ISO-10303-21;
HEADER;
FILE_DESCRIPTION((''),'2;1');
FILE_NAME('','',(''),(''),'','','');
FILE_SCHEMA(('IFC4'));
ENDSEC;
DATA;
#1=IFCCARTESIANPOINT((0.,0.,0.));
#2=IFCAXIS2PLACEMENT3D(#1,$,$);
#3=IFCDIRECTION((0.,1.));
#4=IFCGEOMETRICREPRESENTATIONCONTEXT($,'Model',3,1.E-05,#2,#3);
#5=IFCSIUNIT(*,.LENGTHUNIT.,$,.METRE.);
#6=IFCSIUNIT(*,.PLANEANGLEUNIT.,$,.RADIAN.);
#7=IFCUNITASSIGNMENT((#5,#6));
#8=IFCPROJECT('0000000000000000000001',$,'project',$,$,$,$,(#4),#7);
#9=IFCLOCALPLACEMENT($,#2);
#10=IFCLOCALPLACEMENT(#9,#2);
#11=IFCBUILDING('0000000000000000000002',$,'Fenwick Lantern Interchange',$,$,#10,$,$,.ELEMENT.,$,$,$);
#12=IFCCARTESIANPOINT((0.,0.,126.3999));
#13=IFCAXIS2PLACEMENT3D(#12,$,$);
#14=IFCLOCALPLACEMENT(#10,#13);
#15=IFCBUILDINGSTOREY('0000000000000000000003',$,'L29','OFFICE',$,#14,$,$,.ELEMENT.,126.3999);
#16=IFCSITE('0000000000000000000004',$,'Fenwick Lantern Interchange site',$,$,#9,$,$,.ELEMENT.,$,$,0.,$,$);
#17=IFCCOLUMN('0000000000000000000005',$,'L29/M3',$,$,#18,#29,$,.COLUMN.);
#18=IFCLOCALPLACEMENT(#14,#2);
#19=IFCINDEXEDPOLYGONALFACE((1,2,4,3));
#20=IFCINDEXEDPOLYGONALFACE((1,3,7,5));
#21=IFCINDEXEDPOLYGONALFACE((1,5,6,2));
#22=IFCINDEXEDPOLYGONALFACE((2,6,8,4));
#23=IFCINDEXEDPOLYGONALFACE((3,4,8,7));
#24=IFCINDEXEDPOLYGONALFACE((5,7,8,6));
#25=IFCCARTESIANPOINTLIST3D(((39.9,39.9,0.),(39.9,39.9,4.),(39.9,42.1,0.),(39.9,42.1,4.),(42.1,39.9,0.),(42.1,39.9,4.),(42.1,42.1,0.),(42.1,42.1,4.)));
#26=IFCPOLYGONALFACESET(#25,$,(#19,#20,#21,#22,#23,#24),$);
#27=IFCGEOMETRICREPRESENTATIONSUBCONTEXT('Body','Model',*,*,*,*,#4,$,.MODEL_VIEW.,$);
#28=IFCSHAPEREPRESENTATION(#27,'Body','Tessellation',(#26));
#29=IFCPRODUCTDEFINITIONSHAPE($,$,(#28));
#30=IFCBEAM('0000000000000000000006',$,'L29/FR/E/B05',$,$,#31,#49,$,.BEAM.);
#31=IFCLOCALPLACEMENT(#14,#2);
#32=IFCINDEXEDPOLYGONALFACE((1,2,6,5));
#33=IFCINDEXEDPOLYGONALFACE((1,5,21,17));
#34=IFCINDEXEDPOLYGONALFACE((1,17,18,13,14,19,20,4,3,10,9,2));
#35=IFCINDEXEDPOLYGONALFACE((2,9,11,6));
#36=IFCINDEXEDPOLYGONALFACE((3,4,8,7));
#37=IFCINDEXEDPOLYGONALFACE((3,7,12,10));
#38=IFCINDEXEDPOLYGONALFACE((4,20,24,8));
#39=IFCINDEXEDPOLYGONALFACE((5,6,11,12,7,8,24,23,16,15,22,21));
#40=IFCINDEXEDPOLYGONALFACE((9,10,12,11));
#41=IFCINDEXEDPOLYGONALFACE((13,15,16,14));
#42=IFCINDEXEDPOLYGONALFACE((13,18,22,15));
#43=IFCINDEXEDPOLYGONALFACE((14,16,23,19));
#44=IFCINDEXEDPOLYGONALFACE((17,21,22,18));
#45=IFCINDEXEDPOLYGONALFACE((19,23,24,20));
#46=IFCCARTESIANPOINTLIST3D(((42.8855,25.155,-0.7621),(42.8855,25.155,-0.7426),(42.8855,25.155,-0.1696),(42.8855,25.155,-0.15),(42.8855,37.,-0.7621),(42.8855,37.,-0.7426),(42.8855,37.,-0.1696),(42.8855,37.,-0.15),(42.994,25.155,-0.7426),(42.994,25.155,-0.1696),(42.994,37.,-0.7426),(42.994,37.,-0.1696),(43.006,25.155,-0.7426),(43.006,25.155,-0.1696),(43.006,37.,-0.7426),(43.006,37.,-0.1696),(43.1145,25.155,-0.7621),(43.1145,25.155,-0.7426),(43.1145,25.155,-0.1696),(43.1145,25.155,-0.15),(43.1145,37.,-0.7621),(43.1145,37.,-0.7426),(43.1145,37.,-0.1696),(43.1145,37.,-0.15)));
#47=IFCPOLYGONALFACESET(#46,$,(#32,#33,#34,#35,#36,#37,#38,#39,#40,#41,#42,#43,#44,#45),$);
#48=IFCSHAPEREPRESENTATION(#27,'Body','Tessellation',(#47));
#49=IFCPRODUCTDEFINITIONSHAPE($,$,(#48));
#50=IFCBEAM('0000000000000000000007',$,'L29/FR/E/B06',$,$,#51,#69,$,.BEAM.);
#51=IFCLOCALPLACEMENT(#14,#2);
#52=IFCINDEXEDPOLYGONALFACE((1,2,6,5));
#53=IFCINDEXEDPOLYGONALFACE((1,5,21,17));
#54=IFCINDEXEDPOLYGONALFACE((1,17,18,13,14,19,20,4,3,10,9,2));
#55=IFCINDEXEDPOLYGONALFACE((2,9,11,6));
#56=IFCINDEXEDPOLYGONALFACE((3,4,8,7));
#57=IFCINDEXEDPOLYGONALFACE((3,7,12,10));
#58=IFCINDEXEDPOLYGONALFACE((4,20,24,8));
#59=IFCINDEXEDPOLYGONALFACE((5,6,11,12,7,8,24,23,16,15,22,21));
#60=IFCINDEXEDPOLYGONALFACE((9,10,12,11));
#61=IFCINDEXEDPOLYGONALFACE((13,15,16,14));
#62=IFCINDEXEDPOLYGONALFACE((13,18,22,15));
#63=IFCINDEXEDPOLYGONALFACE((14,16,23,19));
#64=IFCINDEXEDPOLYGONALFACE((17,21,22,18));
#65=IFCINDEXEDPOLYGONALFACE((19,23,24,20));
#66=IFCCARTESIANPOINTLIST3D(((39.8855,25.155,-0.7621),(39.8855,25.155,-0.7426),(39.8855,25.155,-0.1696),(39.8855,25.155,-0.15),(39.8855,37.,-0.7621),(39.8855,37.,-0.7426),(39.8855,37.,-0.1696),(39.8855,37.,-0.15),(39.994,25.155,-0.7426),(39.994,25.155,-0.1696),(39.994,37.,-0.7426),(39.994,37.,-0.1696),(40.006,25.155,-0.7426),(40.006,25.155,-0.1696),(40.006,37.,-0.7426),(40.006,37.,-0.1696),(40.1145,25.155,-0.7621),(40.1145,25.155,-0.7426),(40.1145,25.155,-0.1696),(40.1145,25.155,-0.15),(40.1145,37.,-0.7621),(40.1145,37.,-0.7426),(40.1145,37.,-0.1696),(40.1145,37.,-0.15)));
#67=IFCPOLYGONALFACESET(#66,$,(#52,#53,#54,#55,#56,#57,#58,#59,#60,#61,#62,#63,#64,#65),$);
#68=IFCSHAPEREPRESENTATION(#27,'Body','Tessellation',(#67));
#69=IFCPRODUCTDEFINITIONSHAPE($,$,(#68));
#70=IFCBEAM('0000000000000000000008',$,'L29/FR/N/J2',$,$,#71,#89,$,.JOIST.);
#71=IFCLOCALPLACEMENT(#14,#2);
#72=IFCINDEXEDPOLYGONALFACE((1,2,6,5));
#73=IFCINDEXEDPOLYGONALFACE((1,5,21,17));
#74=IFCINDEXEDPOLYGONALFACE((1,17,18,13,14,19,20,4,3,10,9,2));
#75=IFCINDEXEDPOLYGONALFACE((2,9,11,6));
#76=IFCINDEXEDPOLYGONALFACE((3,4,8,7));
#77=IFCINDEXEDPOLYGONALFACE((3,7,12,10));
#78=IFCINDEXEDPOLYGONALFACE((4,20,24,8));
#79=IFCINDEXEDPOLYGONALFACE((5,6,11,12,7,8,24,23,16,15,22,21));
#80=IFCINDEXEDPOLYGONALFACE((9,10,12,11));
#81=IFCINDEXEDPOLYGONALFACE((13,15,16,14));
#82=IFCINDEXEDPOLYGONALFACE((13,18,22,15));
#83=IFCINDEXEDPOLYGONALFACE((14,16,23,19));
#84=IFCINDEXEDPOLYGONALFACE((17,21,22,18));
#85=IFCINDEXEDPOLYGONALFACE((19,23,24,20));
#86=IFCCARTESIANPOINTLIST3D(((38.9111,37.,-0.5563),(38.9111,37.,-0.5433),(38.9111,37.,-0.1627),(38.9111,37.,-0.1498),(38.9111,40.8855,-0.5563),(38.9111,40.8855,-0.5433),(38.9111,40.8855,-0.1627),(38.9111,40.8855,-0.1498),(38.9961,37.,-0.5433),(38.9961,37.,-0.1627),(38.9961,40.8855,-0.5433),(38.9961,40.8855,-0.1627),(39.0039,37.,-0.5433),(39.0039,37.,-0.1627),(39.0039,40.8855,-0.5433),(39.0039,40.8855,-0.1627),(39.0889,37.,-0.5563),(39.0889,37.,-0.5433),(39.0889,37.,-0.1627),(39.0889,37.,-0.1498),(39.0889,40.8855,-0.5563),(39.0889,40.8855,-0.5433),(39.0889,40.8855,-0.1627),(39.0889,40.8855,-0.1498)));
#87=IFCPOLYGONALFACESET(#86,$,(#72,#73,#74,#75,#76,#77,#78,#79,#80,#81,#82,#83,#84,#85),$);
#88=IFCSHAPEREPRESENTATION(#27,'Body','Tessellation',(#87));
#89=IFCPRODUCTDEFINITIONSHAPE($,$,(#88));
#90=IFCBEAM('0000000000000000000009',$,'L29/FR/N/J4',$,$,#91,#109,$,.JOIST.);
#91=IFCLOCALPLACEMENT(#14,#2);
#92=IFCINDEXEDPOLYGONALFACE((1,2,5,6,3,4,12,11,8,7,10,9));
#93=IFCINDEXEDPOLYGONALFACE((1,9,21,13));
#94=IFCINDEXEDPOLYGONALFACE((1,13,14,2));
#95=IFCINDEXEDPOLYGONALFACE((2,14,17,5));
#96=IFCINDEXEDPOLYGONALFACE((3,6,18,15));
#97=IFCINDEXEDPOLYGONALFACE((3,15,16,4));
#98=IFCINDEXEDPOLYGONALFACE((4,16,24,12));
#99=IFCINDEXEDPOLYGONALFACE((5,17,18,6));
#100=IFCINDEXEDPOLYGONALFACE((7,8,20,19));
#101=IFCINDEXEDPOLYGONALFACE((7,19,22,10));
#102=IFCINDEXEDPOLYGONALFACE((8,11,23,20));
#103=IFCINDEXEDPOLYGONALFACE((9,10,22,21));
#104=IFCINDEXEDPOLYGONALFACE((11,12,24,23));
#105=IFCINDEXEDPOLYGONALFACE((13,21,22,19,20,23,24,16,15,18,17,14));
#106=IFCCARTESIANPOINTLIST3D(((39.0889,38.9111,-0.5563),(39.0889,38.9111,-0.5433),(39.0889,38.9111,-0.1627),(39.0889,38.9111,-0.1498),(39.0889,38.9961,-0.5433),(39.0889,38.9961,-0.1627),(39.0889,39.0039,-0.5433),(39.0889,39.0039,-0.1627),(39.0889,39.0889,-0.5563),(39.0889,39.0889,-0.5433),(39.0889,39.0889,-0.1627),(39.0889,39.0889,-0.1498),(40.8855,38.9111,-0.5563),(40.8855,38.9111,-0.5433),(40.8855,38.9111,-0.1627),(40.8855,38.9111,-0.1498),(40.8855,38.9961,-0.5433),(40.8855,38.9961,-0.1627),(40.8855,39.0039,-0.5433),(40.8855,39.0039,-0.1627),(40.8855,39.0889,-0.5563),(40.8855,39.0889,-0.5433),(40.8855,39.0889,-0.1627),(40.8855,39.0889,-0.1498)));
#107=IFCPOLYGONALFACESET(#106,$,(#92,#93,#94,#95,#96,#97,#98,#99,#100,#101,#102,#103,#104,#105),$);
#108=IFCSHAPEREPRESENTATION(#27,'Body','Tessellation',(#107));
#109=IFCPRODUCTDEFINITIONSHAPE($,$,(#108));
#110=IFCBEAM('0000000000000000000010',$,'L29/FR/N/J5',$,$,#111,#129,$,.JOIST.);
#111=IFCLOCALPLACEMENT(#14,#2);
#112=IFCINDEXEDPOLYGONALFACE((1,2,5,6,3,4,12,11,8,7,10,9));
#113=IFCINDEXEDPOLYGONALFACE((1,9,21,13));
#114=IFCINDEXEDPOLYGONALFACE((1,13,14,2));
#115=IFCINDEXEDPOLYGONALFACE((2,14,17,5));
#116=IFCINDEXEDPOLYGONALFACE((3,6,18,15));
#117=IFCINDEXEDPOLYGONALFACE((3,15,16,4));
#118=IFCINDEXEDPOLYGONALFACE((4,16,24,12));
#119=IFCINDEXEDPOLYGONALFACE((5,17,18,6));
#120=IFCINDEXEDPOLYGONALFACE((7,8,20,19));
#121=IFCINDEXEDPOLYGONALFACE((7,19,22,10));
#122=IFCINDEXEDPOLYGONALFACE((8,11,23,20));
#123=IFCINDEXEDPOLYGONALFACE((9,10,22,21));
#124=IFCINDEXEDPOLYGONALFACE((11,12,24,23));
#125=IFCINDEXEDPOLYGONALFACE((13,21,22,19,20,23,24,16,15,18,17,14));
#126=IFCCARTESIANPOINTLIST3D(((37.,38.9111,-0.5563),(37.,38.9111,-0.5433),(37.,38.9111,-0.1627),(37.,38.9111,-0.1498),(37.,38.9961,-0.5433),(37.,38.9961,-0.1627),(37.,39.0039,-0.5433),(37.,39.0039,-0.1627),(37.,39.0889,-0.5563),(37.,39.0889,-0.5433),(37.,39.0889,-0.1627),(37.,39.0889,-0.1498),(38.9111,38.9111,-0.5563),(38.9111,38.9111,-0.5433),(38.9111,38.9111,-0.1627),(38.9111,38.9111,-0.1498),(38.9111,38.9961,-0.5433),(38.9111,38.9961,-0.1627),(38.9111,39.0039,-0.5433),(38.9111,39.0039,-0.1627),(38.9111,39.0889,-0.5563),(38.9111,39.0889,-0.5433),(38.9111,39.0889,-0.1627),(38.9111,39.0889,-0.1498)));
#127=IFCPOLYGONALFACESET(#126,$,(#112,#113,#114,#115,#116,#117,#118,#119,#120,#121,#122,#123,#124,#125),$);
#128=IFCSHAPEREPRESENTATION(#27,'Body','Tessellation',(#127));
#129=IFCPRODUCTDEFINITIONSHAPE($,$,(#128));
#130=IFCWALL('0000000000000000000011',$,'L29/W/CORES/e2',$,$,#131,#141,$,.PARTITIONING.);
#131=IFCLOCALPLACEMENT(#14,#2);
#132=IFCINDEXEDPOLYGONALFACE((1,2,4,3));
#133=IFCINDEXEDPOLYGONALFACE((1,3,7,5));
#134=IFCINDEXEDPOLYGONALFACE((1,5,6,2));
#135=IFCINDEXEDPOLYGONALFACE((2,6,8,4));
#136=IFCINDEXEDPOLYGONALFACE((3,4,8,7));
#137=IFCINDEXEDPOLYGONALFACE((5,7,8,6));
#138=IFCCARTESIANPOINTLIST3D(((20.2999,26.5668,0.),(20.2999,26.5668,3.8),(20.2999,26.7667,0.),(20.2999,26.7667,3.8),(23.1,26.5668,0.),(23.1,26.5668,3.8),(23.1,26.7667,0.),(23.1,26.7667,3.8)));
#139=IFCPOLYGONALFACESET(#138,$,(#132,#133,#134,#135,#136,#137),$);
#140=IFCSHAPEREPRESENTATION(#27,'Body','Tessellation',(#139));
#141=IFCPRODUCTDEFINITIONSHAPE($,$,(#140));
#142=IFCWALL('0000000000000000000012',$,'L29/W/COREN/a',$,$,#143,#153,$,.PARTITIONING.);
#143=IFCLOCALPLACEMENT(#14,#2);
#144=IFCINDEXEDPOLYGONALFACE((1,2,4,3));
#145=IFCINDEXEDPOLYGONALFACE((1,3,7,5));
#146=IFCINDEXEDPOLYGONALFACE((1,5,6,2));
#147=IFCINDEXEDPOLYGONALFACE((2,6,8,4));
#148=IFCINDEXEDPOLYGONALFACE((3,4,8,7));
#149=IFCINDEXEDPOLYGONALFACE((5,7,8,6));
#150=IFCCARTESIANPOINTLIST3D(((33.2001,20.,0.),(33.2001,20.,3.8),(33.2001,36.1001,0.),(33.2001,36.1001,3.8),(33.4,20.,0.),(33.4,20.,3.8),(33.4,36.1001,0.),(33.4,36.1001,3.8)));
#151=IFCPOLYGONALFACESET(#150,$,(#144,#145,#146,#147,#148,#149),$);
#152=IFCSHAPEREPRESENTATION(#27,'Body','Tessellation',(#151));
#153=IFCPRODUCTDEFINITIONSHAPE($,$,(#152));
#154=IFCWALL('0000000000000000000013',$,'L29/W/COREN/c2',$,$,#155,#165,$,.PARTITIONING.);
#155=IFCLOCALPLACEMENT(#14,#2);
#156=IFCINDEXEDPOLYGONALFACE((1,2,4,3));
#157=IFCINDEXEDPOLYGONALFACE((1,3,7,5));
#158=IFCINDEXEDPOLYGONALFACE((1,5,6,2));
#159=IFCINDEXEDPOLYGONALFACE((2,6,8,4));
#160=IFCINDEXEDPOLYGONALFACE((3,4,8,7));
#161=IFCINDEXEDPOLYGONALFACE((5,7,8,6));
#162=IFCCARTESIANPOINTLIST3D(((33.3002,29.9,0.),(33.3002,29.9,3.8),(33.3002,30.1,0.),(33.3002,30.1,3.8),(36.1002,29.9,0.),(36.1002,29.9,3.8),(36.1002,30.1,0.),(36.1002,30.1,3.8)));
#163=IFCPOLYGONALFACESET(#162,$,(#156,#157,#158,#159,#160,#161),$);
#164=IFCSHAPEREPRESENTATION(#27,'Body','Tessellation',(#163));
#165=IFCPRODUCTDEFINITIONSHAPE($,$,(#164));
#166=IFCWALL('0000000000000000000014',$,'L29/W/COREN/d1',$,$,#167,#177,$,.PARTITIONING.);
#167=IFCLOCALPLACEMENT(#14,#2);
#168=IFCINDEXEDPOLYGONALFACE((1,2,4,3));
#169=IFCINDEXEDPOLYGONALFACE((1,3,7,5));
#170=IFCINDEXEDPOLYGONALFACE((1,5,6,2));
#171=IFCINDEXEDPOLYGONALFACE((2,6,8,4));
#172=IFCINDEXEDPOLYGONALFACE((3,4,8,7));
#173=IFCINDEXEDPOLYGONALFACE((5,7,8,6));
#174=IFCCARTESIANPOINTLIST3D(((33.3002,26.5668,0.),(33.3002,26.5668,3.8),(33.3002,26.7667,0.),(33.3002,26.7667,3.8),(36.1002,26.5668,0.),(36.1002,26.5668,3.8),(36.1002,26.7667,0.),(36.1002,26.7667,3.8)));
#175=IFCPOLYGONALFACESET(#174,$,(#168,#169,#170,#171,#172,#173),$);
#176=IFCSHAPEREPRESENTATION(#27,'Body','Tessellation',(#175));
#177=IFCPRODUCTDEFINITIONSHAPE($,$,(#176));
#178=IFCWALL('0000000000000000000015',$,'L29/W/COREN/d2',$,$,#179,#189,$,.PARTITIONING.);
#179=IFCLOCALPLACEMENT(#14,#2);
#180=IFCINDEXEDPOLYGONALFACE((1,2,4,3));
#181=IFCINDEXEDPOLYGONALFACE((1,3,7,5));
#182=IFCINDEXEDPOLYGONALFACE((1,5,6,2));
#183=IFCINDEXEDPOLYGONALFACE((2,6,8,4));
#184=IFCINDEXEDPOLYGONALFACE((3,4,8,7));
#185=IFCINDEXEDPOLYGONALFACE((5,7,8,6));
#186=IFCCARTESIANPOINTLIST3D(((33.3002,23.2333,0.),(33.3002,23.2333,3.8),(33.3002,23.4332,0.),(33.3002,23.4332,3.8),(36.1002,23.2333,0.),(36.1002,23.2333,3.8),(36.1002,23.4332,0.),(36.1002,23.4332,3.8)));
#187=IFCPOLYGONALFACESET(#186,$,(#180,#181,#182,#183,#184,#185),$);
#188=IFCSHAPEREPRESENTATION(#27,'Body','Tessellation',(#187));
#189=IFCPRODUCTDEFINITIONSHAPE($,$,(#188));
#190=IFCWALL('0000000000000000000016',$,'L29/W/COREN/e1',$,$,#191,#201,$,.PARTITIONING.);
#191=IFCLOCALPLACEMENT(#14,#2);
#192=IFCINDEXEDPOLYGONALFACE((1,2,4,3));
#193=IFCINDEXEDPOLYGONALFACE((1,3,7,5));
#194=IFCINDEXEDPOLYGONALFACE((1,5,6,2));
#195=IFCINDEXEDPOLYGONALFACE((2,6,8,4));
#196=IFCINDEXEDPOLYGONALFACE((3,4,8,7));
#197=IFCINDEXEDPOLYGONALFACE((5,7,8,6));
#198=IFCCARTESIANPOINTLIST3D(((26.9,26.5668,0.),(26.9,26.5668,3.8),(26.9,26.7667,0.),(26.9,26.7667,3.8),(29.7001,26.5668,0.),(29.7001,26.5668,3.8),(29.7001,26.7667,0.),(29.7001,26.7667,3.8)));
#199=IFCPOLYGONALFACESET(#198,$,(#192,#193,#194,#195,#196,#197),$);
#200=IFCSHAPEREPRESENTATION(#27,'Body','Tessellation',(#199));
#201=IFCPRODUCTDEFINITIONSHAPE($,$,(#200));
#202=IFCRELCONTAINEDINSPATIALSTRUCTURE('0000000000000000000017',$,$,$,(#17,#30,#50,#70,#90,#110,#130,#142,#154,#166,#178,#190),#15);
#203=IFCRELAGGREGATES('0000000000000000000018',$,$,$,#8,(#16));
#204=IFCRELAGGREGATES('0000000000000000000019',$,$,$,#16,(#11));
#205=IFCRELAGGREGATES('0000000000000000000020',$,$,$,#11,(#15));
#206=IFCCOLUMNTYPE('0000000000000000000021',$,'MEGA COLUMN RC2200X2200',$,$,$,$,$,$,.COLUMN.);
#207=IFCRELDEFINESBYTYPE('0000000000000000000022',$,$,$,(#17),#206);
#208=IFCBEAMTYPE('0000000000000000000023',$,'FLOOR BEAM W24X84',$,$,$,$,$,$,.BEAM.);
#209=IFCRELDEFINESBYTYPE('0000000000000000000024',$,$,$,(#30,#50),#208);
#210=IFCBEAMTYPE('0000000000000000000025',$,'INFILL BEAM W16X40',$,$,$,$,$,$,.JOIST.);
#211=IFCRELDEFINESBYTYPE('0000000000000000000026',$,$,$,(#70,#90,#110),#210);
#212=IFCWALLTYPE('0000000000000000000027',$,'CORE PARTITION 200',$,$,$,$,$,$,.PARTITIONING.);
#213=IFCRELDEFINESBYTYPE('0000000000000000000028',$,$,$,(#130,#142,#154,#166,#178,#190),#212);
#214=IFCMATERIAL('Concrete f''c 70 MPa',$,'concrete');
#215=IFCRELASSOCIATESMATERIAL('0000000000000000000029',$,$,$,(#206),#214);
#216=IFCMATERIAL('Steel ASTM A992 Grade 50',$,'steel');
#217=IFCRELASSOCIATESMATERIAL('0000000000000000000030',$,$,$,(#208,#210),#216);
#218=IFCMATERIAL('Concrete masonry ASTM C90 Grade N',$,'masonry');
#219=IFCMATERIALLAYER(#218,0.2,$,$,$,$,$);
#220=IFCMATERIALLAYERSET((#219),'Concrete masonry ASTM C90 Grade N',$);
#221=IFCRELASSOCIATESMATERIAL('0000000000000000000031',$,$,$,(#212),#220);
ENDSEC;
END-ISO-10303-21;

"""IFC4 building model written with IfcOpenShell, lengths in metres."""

from ifc_helpers import new_model, si_unit, direction, frame, frame_2d, origin, origin_2d, place, context, subcontext, project, spatial, rectangle, i_section, extrude, material, layer, layer_set, material_profile, profile_set, type_object, element, save


model = new_model("IFC4")

# Units and contexts
model_context = context("Model", 3, precision=1e-05, world=origin(), true_north=direction((0.0, 1.0)))
body_context = subcontext(model_context, "Body", "Model", "MODEL_VIEW")
ifc_project = project(units=[si_unit("LENGTHUNIT", "METRE"), si_unit("PLANEANGLEUNIT", "RADIAN")], contexts=[model_context])

# Site, building, storey
site_placement = place(None, origin())
site = spatial("IfcSite", under=ifc_project, at=site_placement, Name="Fenwick Lantern Interchange site", CompositionType="ELEMENT", RefElevation=0.0)
building_placement = place(site_placement, origin())
building = spatial("IfcBuilding", under=site, at=building_placement, Name="Fenwick Lantern Interchange", CompositionType="ELEMENT")
storey_placement = place(building_placement, frame((0.0, 0.0, 126.3999)))
storey = spatial("IfcBuildingStorey", under=building, at=storey_placement, Name="L29", Description="OFFICE", CompositionType="ELEMENT", Elevation=126.3999)

# Column
ifc_material_1 = material(Name="Concrete f'c 70 MPa", Category="concrete")
ifc_material_profile_1 = material_profile(ifc_material_1, rectangle(XDim=2.2, YDim=2.2, at=origin_2d()), Name="RC2200X2200")
ifc_profile_set_1 = profile_set([ifc_material_profile_1], Name="Concrete f'c 70 MPa")
column_type = type_object("IfcColumnType", Name="MEGA COLUMN RC2200X2200", PredefinedType="COLUMN", material=ifc_profile_set_1)
column_placement = place(storey_placement, frame((41.0, 41.0, 0.0), z_axis=(0.0, 0.0, 1.0), x_axis=(1.0, 0.0, 0.0)))
element("IfcColumn", 1, at=column_placement, inside=storey, type_object=column_type, Name="L29/M3", PredefinedType="COLUMN", context=body_context, shape_type="SweptSolid", body=[
    extrude(rectangle(XDim=2.2, YDim=2.2, at=origin_2d()), origin(), (0.0, 0.0, 1.0), 4.0),
])

# Beams
ifc_material_2 = material(Name="Steel ASTM A992 Grade 50", Category="steel")
ifc_material_profile_2 = material_profile(ifc_material_2, i_section(OverallWidth=0.229, OverallDepth=0.6121, WebThickness=0.012, FlangeThickness=0.0195, at=origin_2d()), Name="W24X84")
ifc_profile_set_2 = profile_set([ifc_material_profile_2], Name="Steel ASTM A992 Grade 50")
beam_type_1 = type_object("IfcBeamType", Name="FLOOR BEAM W24X84", PredefinedType="BEAM", material=ifc_profile_set_2)
for number, where, z_axis, x_axis, name in (
    (2, (43.0, 25.155, -0.4561), (0.0, 1.0, 0.0), (-1.0, 0.0, 0.0), "L29/FR/E/B05"),
    (3, (40.0, 25.155, -0.4561), (0.0, 1.0, 0.0), (-1.0, 0.0, 0.0), "L29/FR/E/B06"),
):
    element("IfcBeam", number, at=place(storey_placement, frame(where, z_axis=z_axis, x_axis=x_axis)), inside=storey, type_object=beam_type_1, Name=name, PredefinedType="BEAM", context=body_context, shape_type="SweptSolid", body=[
        extrude(i_section(OverallWidth=0.229, OverallDepth=0.6121, WebThickness=0.012, FlangeThickness=0.0195, at=origin_2d()), origin(), (0.0, 0.0, 1.0), 11.845),
    ])
ifc_material_profile_3 = material_profile(ifc_material_2, i_section(OverallWidth=0.1777, OverallDepth=0.4065, WebThickness=0.0078, FlangeThickness=0.0129, at=origin_2d()), Name="W16X40")
ifc_profile_set_3 = profile_set([ifc_material_profile_3], Name="Steel ASTM A992 Grade 50")
beam_type_2 = type_object("IfcBeamType", Name="INFILL BEAM W16X40", PredefinedType="JOIST", material=ifc_profile_set_3)
beam_1_placement = place(storey_placement, frame((39.0, 40.8855, -0.353), z_axis=(0.0, -1.0, 0.0), x_axis=(1.0, 0.0, 0.0)))
element("IfcBeam", 4, at=beam_1_placement, inside=storey, type_object=beam_type_2, Name="L29/FR/N/J2", PredefinedType="JOIST", context=body_context, shape_type="SweptSolid", body=[
    extrude(i_section(OverallWidth=0.1777, OverallDepth=0.4065, WebThickness=0.0078, FlangeThickness=0.0129, at=origin_2d()), origin(), (0.0, 0.0, 1.0), 3.8855),
])
beam_2_placement = place(storey_placement, frame((40.8855, 39.0, -0.353), z_axis=(-1.0, 0.0, 0.0), x_axis=(0.0, -1.0, 0.0)))
element("IfcBeam", 5, at=beam_2_placement, inside=storey, type_object=beam_type_2, Name="L29/FR/N/J4", PredefinedType="JOIST", context=body_context, shape_type="SweptSolid", body=[
    extrude(i_section(OverallWidth=0.1777, OverallDepth=0.4065, WebThickness=0.0078, FlangeThickness=0.0129, at=origin_2d()), origin(), (0.0, 0.0, 1.0), 1.7966),
])
beam_3_placement = place(storey_placement, frame((38.9111, 39.0, -0.353), z_axis=(-1.0, 0.0, 0.0), x_axis=(0.0, -1.0, 0.0)))
element("IfcBeam", 6, at=beam_3_placement, inside=storey, type_object=beam_type_2, Name="L29/FR/N/J5", PredefinedType="JOIST", context=body_context, shape_type="SweptSolid", body=[
    extrude(i_section(OverallWidth=0.1777, OverallDepth=0.4065, WebThickness=0.0078, FlangeThickness=0.0129, at=origin_2d()), origin(), (0.0, 0.0, 1.0), 1.9111),
])

# Walls
ifc_material_3 = material(Name="Concrete masonry ASTM C90 Grade N", Category="masonry")
ifc_layer_1 = layer(ifc_material_3, 0.2)
ifc_layer_set_1 = layer_set([ifc_layer_1], Name="Concrete masonry ASTM C90 Grade N")
wall_type_1 = type_object("IfcWallType", Name="CORE PARTITION 200", PredefinedType="PARTITIONING", material=ifc_layer_set_1)
wall_1_placement = place(storey_placement, frame((20.3, 26.6667, 0.0), z_axis=(0.0, 0.0, 1.0), x_axis=(1.0, 0.0, 0.0)))
element("IfcWall", 7, at=wall_1_placement, inside=storey, type_object=wall_type_1, Name="L29/W/CORES/e2", PredefinedType="PARTITIONING", context=body_context, shape_type="SweptSolid", body=[
    extrude(rectangle(XDim=2.8, YDim=0.2, at=frame_2d((1.3999, 0.0))), origin(), (0.0, 0.0, 1.0), 3.8),
])
wall_2_placement = place(storey_placement, frame((33.3, 36.1001, 0.0), z_axis=(0.0, 0.0, 1.0), x_axis=(0.0, -1.0, 0.0)))
element("IfcWall", 8, at=wall_2_placement, inside=storey, type_object=wall_type_1, Name="L29/W/COREN/a", PredefinedType="PARTITIONING", context=body_context, shape_type="SweptSolid", body=[
    extrude(rectangle(XDim=16.1001, YDim=0.2, at=frame_2d((8.05, 0.0))), origin(), (0.0, 0.0, 1.0), 3.8),
])
for number, where, z_axis, x_axis, name in (
    (9, (36.1001, 30.0, 0.0), (0.0, 0.0, 1.0), (-1.0, 0.0, 0.0), "L29/W/COREN/c2"),
    (10, (36.1001, 26.6667, 0.0), (0.0, 0.0, 1.0), (-1.0, 0.0, 0.0), "L29/W/COREN/d1"),
    (11, (36.1001, 23.3333, 0.0), (0.0, 0.0, 1.0), (-1.0, 0.0, 0.0), "L29/W/COREN/d2"),
    (12, (29.7, 26.6667, 0.0), (0.0, 0.0, 1.0), (-1.0, 0.0, 0.0), "L29/W/COREN/e1"),
):
    element("IfcWall", number, at=place(storey_placement, frame(where, z_axis=z_axis, x_axis=x_axis)), inside=storey, type_object=wall_type_1, Name=name, PredefinedType="PARTITIONING", context=body_context, shape_type="SweptSolid", body=[
        extrude(rectangle(XDim=2.8, YDim=0.2, at=frame_2d((1.3999, 0.0))), origin(), (0.0, 0.0, 1.0), 3.8),
    ])

save(model, "model.ifc")
